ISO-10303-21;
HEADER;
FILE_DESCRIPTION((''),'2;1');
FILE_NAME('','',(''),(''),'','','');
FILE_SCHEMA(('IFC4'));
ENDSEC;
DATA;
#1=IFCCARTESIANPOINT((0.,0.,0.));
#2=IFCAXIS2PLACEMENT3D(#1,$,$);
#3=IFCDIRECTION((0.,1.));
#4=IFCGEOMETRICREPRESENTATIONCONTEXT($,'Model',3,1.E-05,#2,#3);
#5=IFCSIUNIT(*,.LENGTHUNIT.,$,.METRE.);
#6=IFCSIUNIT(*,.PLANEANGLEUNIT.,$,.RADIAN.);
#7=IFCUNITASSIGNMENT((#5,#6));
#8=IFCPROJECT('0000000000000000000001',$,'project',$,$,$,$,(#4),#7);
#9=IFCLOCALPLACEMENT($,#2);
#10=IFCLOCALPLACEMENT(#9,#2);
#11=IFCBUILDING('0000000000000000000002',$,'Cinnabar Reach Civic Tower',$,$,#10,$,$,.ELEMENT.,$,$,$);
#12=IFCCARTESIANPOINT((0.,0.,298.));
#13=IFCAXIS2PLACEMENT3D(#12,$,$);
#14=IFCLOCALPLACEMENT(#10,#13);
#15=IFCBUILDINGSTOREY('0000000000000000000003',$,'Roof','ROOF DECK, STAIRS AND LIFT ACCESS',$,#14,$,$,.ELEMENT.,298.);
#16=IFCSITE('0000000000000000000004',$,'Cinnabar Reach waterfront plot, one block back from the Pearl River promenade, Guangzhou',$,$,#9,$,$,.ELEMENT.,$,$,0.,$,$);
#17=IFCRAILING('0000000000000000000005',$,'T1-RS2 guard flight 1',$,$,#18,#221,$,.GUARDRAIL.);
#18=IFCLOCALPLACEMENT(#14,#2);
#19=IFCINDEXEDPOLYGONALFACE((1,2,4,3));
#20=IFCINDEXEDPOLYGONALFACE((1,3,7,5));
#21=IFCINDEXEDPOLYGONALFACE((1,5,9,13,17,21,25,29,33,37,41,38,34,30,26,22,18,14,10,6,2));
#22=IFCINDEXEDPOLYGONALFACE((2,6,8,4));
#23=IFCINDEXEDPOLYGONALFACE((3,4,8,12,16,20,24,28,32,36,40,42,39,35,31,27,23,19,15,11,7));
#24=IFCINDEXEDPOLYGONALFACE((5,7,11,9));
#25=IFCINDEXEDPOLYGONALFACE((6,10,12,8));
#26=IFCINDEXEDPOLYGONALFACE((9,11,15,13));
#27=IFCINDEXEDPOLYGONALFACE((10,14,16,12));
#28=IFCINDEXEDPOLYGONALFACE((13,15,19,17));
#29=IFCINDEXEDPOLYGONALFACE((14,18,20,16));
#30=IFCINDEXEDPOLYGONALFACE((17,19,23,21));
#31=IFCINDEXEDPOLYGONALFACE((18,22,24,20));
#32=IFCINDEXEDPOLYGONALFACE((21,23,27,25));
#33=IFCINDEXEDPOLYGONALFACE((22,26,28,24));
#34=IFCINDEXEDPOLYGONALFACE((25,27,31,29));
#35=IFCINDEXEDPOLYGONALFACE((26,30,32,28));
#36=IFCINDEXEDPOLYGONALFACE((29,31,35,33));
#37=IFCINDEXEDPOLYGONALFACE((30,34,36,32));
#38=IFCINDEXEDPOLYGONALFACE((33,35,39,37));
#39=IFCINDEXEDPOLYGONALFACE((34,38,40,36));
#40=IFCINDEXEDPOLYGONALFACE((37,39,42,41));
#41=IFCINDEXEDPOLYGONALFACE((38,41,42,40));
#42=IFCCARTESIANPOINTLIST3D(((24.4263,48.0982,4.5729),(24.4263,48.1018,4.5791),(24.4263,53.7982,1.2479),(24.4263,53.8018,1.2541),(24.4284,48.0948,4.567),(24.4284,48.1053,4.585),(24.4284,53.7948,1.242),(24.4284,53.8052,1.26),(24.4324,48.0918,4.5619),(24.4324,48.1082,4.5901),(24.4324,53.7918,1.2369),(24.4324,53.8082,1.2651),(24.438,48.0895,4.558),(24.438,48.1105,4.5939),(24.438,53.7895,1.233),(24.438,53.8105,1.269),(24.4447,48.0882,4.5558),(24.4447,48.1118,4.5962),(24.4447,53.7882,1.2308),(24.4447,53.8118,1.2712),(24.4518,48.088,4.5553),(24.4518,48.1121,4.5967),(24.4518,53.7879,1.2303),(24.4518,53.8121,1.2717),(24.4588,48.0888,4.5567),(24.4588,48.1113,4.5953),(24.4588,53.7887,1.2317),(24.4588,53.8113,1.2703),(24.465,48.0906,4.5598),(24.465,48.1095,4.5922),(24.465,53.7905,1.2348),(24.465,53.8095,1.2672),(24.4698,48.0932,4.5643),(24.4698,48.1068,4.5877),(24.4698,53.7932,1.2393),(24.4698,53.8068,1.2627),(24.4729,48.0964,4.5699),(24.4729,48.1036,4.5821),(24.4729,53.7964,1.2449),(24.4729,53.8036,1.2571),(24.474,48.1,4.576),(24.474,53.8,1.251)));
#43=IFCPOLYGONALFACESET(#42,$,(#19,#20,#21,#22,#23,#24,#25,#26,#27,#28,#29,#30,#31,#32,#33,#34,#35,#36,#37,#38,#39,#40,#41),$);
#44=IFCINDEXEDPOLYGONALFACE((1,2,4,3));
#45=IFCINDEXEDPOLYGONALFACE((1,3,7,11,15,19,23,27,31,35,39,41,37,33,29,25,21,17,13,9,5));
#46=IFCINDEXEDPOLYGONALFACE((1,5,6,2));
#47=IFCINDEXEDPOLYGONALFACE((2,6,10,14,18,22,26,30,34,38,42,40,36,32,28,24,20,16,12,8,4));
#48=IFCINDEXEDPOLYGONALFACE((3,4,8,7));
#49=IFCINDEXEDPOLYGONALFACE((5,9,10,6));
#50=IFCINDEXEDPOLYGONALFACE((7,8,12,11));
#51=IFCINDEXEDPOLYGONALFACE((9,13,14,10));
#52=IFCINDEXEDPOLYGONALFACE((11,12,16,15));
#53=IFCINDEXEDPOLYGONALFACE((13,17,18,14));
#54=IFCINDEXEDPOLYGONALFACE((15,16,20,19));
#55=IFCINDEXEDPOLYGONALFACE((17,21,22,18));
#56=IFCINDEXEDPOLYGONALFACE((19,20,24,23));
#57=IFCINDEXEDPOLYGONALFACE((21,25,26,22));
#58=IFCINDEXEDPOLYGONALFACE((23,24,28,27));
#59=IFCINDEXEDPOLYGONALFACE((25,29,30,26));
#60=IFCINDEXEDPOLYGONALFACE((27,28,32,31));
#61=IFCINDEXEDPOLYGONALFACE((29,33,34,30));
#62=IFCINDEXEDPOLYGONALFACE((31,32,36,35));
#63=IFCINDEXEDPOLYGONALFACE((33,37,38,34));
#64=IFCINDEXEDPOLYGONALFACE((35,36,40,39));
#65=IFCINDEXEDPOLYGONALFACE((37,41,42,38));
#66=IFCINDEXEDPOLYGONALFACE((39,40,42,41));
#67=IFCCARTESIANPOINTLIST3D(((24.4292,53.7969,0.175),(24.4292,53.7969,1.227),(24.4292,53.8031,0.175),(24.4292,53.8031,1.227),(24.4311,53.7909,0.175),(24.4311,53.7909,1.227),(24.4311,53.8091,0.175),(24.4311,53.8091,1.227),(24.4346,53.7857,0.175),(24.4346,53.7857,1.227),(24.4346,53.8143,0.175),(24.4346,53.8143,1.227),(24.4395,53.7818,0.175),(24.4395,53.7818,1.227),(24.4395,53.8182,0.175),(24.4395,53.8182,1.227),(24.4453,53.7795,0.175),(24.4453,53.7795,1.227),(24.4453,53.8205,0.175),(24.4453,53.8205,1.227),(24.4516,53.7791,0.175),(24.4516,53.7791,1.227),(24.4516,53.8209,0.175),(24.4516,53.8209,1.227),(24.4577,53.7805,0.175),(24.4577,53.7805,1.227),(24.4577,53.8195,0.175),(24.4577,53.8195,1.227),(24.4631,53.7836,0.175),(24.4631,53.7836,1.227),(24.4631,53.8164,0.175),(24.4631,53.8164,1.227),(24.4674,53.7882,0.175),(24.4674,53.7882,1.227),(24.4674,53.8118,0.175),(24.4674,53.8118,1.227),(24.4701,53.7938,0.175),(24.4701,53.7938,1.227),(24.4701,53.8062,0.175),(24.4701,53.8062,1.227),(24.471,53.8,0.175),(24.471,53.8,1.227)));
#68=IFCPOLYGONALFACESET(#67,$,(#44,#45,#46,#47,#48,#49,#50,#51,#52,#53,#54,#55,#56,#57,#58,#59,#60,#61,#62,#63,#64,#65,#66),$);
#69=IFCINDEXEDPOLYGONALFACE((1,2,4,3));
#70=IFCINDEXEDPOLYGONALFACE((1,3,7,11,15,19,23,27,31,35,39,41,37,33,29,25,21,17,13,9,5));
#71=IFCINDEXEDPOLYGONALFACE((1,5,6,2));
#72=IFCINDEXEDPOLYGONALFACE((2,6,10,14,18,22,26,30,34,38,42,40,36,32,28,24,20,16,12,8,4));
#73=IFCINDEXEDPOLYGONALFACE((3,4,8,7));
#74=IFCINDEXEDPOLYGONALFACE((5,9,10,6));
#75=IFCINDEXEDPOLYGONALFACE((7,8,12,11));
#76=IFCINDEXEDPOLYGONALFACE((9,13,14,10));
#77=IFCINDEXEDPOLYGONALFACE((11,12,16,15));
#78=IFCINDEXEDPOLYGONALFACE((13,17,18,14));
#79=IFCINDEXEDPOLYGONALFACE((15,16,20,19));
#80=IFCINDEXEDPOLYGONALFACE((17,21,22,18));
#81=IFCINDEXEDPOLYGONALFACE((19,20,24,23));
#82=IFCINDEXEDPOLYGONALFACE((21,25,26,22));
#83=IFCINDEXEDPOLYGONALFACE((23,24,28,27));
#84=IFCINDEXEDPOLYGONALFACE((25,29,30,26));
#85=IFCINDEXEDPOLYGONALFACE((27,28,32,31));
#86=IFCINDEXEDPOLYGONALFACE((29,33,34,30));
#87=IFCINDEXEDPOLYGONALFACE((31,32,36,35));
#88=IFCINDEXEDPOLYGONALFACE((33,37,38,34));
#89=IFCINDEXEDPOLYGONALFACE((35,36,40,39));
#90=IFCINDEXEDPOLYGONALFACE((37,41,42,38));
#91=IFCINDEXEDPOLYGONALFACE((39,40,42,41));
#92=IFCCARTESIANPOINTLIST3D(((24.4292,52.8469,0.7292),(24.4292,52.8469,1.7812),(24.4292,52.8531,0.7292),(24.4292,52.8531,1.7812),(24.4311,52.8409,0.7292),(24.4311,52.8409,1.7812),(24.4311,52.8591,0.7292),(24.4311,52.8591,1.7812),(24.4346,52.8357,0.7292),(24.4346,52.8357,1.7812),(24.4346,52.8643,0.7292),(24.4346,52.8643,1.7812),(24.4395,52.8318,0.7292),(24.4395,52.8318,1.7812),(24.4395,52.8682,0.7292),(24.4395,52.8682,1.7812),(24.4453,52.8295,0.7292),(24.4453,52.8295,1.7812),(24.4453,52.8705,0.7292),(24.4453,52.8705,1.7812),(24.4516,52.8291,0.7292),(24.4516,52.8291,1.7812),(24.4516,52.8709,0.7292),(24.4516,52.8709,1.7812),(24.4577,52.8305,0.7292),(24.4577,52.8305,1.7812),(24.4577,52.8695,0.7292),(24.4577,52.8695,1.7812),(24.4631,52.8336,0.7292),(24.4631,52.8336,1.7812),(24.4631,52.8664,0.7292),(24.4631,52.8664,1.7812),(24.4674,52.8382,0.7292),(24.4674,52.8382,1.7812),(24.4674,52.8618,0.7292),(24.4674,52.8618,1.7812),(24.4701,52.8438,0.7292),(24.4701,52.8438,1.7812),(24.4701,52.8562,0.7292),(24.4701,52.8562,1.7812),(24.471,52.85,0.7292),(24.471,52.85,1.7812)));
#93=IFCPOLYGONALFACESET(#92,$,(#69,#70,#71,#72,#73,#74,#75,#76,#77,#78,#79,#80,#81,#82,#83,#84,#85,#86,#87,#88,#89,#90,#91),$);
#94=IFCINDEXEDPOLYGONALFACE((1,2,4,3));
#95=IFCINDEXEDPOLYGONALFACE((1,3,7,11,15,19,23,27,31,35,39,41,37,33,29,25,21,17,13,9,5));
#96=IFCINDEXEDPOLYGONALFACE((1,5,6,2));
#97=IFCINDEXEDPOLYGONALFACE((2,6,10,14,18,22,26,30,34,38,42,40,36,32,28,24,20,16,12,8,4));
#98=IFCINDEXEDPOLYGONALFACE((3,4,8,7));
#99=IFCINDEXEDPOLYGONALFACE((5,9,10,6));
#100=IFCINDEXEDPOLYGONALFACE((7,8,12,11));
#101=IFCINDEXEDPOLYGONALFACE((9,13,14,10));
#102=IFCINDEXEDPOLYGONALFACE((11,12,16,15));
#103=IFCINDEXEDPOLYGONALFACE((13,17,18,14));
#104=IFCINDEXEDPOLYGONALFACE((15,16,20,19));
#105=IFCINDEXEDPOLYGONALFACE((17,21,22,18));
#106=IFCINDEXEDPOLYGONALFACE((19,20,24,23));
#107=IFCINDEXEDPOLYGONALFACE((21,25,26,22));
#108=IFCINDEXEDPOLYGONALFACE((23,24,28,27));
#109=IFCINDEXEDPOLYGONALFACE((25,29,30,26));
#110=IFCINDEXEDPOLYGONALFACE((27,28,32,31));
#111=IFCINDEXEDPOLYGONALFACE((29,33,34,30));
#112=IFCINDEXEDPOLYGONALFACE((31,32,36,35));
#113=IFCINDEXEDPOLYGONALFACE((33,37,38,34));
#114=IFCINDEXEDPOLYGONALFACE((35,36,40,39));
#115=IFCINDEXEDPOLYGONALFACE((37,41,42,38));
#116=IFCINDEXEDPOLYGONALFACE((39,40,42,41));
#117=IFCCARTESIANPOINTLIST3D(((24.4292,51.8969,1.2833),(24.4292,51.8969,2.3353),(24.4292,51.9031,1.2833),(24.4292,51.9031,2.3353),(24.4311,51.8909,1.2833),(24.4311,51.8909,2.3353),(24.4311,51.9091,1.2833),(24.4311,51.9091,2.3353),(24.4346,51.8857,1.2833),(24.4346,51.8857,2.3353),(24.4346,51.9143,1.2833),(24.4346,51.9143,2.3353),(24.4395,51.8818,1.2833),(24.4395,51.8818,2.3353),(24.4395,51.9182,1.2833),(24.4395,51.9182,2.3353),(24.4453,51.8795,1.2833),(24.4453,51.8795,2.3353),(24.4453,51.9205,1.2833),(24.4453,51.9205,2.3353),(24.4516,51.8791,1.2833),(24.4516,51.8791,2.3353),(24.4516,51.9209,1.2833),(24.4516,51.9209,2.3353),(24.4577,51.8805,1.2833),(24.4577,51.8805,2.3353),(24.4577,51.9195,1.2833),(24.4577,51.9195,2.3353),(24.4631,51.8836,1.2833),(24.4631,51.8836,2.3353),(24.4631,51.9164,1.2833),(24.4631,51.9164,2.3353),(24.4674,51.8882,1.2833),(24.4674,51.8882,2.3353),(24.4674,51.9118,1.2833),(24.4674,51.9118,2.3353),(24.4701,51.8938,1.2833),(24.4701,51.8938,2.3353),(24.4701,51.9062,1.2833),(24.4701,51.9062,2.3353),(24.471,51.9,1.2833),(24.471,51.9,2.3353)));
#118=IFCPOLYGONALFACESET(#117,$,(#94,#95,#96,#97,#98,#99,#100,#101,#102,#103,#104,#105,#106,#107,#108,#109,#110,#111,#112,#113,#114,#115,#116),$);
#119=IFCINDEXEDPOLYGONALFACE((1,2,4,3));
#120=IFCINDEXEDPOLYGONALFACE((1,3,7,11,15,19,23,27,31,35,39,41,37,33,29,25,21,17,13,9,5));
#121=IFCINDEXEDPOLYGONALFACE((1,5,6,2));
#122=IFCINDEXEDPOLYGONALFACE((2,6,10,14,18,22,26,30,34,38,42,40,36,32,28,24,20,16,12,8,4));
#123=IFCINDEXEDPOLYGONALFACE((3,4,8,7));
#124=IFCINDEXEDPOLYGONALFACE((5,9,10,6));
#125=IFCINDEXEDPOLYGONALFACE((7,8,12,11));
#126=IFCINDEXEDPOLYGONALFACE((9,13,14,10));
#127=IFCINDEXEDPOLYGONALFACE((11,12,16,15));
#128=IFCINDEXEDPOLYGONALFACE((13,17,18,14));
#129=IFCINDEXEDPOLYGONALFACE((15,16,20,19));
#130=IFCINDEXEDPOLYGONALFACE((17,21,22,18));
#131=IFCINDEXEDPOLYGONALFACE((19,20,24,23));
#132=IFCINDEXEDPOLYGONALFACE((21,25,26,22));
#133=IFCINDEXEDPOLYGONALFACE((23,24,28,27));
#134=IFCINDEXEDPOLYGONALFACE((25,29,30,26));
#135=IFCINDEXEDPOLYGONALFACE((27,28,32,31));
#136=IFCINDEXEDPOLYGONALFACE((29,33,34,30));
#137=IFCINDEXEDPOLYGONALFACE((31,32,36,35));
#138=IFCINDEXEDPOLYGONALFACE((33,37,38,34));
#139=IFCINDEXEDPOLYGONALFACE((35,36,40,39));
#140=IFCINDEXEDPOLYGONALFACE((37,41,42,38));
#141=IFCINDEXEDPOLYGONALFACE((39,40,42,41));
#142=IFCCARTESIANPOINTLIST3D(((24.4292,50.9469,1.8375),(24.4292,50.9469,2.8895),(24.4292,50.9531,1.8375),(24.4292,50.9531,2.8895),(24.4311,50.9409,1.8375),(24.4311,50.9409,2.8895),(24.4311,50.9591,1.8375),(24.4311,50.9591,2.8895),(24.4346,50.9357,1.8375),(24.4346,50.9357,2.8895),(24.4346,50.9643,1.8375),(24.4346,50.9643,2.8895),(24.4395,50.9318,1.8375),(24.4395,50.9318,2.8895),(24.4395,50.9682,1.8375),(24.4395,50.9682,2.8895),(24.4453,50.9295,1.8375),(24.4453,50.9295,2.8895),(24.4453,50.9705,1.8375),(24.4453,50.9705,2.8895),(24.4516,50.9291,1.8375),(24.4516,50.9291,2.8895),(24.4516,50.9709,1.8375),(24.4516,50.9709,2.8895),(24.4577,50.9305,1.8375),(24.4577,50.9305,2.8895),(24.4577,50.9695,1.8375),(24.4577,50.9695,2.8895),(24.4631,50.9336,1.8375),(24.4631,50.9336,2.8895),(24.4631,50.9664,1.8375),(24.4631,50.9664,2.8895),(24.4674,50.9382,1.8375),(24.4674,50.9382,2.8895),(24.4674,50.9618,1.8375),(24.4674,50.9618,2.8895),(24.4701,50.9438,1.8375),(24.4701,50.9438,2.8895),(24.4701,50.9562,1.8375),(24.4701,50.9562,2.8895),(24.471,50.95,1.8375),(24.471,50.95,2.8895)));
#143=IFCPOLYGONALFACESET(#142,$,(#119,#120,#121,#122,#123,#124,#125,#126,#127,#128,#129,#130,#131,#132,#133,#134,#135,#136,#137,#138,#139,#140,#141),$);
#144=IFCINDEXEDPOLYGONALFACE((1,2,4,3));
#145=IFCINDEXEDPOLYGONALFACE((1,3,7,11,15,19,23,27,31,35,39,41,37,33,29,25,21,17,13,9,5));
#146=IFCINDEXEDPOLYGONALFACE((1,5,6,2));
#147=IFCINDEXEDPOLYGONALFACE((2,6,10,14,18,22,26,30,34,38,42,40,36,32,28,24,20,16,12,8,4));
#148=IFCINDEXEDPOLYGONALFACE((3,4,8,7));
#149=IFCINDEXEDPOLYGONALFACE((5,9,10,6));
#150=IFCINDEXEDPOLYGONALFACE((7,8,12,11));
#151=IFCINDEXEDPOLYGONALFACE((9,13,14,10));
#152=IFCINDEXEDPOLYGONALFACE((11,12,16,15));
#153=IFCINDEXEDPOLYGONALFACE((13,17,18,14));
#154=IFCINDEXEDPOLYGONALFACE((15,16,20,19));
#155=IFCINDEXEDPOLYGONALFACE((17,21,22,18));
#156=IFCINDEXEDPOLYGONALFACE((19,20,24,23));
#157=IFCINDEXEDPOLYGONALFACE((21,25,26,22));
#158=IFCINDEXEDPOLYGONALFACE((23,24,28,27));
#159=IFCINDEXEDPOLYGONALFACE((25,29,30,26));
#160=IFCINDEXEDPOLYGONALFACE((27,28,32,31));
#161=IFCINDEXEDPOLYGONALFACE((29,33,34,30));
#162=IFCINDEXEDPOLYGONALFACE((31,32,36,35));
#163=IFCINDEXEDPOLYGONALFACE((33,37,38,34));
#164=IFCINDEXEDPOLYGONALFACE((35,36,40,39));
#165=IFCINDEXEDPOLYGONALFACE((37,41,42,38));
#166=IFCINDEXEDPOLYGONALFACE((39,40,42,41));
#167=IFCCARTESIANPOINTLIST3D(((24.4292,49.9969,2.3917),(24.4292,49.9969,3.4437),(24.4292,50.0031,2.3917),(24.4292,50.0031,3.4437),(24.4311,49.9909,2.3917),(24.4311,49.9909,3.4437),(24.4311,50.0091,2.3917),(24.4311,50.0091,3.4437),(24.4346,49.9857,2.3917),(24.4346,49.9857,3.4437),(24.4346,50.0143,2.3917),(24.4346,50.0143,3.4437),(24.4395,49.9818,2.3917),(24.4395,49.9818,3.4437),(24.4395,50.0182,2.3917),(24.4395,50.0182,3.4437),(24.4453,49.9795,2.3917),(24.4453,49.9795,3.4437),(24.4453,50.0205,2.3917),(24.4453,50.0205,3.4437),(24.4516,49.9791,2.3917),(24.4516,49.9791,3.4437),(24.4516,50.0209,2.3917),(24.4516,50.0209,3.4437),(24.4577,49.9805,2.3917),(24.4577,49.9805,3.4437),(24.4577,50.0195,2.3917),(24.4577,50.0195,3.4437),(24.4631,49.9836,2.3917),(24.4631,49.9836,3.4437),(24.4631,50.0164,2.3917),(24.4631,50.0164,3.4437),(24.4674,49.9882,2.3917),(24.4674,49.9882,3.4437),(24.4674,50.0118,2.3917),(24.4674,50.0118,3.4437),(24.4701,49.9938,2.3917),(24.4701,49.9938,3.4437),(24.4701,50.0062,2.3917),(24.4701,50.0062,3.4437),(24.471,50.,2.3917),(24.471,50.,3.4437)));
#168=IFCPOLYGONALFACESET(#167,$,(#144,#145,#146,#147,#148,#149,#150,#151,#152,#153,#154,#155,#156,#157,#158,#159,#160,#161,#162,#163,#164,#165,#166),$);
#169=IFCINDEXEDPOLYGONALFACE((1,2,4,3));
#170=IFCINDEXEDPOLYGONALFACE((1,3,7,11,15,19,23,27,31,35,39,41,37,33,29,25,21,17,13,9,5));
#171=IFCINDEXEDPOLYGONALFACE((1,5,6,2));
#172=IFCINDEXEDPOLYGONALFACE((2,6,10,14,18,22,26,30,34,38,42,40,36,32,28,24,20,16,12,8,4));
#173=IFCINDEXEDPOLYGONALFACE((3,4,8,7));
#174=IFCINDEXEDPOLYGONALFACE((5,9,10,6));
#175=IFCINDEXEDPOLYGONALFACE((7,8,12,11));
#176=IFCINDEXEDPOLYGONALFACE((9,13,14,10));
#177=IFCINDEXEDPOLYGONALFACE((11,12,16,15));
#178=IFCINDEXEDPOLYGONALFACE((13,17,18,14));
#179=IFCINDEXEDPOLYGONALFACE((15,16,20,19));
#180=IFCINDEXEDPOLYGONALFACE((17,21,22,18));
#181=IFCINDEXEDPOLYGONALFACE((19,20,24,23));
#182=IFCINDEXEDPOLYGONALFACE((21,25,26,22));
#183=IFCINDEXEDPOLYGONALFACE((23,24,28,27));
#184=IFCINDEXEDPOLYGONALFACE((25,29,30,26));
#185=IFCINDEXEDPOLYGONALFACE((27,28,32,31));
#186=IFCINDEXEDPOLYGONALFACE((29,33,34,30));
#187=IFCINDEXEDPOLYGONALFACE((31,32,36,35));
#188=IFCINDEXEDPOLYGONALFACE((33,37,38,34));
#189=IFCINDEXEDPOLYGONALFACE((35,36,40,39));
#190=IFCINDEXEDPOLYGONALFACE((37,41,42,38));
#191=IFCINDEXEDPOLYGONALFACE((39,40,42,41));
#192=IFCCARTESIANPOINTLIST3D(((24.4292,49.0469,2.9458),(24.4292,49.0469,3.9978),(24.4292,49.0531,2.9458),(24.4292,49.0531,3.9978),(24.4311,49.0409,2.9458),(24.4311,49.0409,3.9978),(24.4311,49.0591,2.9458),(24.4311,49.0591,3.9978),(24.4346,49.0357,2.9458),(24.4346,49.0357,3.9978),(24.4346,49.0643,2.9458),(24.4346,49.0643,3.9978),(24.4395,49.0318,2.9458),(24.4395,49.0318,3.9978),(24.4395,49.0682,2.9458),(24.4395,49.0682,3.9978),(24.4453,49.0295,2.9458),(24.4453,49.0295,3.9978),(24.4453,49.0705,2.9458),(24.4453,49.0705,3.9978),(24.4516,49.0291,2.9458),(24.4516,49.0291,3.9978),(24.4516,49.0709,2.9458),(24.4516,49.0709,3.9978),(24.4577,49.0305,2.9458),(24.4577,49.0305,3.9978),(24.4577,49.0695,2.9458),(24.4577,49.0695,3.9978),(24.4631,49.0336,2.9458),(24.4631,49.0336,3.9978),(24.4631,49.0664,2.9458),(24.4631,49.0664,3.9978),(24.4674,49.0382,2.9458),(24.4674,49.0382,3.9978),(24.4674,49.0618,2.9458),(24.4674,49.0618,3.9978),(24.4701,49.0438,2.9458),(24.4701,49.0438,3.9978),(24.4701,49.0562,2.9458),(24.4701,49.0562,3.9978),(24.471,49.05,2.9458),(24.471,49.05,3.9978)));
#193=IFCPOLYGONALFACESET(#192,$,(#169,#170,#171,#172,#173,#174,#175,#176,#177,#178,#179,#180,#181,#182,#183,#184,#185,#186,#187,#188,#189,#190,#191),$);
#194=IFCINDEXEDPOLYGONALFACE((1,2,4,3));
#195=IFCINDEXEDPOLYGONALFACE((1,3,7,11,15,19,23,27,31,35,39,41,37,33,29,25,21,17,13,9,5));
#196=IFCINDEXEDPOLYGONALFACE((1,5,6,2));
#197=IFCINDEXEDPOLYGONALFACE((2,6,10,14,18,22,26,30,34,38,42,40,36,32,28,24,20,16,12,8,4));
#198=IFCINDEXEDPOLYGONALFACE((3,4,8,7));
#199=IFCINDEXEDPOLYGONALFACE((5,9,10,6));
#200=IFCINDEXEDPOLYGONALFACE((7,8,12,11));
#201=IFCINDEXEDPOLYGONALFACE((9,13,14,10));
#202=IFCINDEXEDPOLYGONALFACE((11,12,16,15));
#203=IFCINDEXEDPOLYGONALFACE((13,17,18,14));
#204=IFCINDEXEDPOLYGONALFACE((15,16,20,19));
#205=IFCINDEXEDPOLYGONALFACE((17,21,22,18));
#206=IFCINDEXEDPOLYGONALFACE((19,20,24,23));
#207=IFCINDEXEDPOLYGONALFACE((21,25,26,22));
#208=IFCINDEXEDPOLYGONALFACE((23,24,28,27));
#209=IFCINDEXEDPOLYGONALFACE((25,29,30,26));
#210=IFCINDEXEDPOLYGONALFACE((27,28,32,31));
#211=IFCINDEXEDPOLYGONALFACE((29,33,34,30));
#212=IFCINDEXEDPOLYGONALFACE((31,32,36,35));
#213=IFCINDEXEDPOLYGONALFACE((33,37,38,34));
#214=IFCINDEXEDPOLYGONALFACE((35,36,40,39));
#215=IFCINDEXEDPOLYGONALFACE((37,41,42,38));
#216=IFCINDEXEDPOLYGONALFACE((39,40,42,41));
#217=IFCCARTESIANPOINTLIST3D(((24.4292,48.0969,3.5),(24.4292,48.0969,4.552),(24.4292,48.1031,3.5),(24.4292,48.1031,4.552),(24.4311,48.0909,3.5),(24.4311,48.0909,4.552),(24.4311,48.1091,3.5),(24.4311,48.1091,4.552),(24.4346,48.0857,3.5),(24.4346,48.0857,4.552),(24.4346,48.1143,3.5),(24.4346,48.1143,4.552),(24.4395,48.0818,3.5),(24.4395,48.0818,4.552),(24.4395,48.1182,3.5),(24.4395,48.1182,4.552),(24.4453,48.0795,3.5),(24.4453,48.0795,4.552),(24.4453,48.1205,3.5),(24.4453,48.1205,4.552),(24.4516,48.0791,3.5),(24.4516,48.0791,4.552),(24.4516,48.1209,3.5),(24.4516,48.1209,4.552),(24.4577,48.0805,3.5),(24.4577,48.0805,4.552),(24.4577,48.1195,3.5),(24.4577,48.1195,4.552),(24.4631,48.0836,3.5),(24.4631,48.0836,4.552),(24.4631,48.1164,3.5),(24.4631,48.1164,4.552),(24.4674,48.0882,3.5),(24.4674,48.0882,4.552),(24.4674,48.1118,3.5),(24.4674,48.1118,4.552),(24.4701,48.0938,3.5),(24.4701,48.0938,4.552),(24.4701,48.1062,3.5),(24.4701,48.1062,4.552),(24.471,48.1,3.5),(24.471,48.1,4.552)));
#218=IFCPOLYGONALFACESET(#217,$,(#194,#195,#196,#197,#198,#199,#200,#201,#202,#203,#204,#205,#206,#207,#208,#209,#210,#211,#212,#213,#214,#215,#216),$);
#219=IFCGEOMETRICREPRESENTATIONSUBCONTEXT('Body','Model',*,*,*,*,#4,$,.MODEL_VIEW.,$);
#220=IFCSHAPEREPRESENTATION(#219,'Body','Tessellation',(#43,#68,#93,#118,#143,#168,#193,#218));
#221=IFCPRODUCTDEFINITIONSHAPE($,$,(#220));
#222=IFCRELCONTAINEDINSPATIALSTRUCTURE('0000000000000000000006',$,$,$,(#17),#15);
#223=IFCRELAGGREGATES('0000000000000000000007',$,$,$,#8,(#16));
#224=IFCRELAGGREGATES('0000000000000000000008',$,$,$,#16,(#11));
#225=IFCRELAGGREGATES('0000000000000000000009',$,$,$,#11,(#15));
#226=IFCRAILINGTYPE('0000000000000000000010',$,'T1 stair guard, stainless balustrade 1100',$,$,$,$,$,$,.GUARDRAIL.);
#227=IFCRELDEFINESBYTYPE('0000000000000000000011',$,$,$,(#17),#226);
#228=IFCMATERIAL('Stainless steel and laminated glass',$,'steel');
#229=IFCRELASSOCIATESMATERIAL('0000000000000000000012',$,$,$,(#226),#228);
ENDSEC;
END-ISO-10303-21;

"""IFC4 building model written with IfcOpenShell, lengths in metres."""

from ifc_helpers import new_model, si_unit, direction, frame, origin, origin_2d, place, context, subcontext, project, spatial, circle, extrude, material, type_object, element, save


model = new_model("IFC4")

# Units and contexts
model_context = context("Model", 3, precision=1e-05, world=origin(), true_north=direction((0.0, 1.0)))
body_context = subcontext(model_context, "Body", "Model", "MODEL_VIEW")
ifc_project = project(units=[si_unit("LENGTHUNIT", "METRE"), si_unit("PLANEANGLEUNIT", "RADIAN")], contexts=[model_context])

# Site, building, storey
site_placement = place(None, origin())
site = spatial("IfcSite", under=ifc_project, at=site_placement, Name="Cinnabar Reach waterfront plot, one block back from the Pearl River promenade, Guangzhou", CompositionType="ELEMENT", RefElevation=0.0)
building_placement = place(site_placement, origin())
building = spatial("IfcBuilding", under=site, at=building_placement, Name="Cinnabar Reach Civic Tower", CompositionType="ELEMENT")
storey_placement = place(building_placement, frame((0.0, 0.0, 298.0)))
storey = spatial("IfcBuildingStorey", under=building, at=storey_placement, Name="Roof", Description="ROOF DECK, STAIRS AND LIFT ACCESS", CompositionType="ELEMENT", Elevation=298.0)

# Shared definitions
ifc_material_1 = material(Name="Stainless steel and laminated glass", Category="steel")
railing_type_1 = type_object("IfcRailingType", Name="T1 stair guard, stainless balustrade 1100", PredefinedType="GUARDRAIL", material=ifc_material_1)

# Railing
railing_1_placement = place(storey_placement, frame((24.45, 53.8, 0.175)))
element("IfcRailing", 1, at=railing_1_placement, inside=storey, type_object=railing_type_1, Name="T1-RS2 guard flight 1", PredefinedType="GUARDRAIL", context=body_context, shape_type="SweptSolid", body=[
    extrude(circle(Radius=0.024, at=origin_2d()), frame((0.0, 0.0, 1.076), z_axis=(0.0, -0.863779, 0.503871), x_axis=(1.0, 0.0, 0.0)), (0.0, 0.0, 1.0), 6.5989),
    extrude(circle(Radius=0.021, at=origin_2d()), origin(), (0.0, 0.0, 1.0), 1.052),
    extrude(circle(Radius=0.021, at=origin_2d()), frame((0.0, -0.95, 0.5542)), (0.0, 0.0, 1.0), 1.052),
    extrude(circle(Radius=0.021, at=origin_2d()), frame((0.0, -1.9, 1.1083)), (0.0, 0.0, 1.0), 1.052),
    extrude(circle(Radius=0.021, at=origin_2d()), frame((0.0, -2.85, 1.6625)), (0.0, 0.0, 1.0), 1.052),
    extrude(circle(Radius=0.021, at=origin_2d()), frame((0.0, -3.8, 2.2167)), (0.0, 0.0, 1.0), 1.052),
    extrude(circle(Radius=0.021, at=origin_2d()), frame((0.0, -4.75, 2.7708)), (0.0, 0.0, 1.0), 1.052),
    extrude(circle(Radius=0.021, at=origin_2d()), frame((0.0, -5.7, 3.325)), (0.0, 0.0, 1.0), 1.052),
])

save(model, "model.ifc")
